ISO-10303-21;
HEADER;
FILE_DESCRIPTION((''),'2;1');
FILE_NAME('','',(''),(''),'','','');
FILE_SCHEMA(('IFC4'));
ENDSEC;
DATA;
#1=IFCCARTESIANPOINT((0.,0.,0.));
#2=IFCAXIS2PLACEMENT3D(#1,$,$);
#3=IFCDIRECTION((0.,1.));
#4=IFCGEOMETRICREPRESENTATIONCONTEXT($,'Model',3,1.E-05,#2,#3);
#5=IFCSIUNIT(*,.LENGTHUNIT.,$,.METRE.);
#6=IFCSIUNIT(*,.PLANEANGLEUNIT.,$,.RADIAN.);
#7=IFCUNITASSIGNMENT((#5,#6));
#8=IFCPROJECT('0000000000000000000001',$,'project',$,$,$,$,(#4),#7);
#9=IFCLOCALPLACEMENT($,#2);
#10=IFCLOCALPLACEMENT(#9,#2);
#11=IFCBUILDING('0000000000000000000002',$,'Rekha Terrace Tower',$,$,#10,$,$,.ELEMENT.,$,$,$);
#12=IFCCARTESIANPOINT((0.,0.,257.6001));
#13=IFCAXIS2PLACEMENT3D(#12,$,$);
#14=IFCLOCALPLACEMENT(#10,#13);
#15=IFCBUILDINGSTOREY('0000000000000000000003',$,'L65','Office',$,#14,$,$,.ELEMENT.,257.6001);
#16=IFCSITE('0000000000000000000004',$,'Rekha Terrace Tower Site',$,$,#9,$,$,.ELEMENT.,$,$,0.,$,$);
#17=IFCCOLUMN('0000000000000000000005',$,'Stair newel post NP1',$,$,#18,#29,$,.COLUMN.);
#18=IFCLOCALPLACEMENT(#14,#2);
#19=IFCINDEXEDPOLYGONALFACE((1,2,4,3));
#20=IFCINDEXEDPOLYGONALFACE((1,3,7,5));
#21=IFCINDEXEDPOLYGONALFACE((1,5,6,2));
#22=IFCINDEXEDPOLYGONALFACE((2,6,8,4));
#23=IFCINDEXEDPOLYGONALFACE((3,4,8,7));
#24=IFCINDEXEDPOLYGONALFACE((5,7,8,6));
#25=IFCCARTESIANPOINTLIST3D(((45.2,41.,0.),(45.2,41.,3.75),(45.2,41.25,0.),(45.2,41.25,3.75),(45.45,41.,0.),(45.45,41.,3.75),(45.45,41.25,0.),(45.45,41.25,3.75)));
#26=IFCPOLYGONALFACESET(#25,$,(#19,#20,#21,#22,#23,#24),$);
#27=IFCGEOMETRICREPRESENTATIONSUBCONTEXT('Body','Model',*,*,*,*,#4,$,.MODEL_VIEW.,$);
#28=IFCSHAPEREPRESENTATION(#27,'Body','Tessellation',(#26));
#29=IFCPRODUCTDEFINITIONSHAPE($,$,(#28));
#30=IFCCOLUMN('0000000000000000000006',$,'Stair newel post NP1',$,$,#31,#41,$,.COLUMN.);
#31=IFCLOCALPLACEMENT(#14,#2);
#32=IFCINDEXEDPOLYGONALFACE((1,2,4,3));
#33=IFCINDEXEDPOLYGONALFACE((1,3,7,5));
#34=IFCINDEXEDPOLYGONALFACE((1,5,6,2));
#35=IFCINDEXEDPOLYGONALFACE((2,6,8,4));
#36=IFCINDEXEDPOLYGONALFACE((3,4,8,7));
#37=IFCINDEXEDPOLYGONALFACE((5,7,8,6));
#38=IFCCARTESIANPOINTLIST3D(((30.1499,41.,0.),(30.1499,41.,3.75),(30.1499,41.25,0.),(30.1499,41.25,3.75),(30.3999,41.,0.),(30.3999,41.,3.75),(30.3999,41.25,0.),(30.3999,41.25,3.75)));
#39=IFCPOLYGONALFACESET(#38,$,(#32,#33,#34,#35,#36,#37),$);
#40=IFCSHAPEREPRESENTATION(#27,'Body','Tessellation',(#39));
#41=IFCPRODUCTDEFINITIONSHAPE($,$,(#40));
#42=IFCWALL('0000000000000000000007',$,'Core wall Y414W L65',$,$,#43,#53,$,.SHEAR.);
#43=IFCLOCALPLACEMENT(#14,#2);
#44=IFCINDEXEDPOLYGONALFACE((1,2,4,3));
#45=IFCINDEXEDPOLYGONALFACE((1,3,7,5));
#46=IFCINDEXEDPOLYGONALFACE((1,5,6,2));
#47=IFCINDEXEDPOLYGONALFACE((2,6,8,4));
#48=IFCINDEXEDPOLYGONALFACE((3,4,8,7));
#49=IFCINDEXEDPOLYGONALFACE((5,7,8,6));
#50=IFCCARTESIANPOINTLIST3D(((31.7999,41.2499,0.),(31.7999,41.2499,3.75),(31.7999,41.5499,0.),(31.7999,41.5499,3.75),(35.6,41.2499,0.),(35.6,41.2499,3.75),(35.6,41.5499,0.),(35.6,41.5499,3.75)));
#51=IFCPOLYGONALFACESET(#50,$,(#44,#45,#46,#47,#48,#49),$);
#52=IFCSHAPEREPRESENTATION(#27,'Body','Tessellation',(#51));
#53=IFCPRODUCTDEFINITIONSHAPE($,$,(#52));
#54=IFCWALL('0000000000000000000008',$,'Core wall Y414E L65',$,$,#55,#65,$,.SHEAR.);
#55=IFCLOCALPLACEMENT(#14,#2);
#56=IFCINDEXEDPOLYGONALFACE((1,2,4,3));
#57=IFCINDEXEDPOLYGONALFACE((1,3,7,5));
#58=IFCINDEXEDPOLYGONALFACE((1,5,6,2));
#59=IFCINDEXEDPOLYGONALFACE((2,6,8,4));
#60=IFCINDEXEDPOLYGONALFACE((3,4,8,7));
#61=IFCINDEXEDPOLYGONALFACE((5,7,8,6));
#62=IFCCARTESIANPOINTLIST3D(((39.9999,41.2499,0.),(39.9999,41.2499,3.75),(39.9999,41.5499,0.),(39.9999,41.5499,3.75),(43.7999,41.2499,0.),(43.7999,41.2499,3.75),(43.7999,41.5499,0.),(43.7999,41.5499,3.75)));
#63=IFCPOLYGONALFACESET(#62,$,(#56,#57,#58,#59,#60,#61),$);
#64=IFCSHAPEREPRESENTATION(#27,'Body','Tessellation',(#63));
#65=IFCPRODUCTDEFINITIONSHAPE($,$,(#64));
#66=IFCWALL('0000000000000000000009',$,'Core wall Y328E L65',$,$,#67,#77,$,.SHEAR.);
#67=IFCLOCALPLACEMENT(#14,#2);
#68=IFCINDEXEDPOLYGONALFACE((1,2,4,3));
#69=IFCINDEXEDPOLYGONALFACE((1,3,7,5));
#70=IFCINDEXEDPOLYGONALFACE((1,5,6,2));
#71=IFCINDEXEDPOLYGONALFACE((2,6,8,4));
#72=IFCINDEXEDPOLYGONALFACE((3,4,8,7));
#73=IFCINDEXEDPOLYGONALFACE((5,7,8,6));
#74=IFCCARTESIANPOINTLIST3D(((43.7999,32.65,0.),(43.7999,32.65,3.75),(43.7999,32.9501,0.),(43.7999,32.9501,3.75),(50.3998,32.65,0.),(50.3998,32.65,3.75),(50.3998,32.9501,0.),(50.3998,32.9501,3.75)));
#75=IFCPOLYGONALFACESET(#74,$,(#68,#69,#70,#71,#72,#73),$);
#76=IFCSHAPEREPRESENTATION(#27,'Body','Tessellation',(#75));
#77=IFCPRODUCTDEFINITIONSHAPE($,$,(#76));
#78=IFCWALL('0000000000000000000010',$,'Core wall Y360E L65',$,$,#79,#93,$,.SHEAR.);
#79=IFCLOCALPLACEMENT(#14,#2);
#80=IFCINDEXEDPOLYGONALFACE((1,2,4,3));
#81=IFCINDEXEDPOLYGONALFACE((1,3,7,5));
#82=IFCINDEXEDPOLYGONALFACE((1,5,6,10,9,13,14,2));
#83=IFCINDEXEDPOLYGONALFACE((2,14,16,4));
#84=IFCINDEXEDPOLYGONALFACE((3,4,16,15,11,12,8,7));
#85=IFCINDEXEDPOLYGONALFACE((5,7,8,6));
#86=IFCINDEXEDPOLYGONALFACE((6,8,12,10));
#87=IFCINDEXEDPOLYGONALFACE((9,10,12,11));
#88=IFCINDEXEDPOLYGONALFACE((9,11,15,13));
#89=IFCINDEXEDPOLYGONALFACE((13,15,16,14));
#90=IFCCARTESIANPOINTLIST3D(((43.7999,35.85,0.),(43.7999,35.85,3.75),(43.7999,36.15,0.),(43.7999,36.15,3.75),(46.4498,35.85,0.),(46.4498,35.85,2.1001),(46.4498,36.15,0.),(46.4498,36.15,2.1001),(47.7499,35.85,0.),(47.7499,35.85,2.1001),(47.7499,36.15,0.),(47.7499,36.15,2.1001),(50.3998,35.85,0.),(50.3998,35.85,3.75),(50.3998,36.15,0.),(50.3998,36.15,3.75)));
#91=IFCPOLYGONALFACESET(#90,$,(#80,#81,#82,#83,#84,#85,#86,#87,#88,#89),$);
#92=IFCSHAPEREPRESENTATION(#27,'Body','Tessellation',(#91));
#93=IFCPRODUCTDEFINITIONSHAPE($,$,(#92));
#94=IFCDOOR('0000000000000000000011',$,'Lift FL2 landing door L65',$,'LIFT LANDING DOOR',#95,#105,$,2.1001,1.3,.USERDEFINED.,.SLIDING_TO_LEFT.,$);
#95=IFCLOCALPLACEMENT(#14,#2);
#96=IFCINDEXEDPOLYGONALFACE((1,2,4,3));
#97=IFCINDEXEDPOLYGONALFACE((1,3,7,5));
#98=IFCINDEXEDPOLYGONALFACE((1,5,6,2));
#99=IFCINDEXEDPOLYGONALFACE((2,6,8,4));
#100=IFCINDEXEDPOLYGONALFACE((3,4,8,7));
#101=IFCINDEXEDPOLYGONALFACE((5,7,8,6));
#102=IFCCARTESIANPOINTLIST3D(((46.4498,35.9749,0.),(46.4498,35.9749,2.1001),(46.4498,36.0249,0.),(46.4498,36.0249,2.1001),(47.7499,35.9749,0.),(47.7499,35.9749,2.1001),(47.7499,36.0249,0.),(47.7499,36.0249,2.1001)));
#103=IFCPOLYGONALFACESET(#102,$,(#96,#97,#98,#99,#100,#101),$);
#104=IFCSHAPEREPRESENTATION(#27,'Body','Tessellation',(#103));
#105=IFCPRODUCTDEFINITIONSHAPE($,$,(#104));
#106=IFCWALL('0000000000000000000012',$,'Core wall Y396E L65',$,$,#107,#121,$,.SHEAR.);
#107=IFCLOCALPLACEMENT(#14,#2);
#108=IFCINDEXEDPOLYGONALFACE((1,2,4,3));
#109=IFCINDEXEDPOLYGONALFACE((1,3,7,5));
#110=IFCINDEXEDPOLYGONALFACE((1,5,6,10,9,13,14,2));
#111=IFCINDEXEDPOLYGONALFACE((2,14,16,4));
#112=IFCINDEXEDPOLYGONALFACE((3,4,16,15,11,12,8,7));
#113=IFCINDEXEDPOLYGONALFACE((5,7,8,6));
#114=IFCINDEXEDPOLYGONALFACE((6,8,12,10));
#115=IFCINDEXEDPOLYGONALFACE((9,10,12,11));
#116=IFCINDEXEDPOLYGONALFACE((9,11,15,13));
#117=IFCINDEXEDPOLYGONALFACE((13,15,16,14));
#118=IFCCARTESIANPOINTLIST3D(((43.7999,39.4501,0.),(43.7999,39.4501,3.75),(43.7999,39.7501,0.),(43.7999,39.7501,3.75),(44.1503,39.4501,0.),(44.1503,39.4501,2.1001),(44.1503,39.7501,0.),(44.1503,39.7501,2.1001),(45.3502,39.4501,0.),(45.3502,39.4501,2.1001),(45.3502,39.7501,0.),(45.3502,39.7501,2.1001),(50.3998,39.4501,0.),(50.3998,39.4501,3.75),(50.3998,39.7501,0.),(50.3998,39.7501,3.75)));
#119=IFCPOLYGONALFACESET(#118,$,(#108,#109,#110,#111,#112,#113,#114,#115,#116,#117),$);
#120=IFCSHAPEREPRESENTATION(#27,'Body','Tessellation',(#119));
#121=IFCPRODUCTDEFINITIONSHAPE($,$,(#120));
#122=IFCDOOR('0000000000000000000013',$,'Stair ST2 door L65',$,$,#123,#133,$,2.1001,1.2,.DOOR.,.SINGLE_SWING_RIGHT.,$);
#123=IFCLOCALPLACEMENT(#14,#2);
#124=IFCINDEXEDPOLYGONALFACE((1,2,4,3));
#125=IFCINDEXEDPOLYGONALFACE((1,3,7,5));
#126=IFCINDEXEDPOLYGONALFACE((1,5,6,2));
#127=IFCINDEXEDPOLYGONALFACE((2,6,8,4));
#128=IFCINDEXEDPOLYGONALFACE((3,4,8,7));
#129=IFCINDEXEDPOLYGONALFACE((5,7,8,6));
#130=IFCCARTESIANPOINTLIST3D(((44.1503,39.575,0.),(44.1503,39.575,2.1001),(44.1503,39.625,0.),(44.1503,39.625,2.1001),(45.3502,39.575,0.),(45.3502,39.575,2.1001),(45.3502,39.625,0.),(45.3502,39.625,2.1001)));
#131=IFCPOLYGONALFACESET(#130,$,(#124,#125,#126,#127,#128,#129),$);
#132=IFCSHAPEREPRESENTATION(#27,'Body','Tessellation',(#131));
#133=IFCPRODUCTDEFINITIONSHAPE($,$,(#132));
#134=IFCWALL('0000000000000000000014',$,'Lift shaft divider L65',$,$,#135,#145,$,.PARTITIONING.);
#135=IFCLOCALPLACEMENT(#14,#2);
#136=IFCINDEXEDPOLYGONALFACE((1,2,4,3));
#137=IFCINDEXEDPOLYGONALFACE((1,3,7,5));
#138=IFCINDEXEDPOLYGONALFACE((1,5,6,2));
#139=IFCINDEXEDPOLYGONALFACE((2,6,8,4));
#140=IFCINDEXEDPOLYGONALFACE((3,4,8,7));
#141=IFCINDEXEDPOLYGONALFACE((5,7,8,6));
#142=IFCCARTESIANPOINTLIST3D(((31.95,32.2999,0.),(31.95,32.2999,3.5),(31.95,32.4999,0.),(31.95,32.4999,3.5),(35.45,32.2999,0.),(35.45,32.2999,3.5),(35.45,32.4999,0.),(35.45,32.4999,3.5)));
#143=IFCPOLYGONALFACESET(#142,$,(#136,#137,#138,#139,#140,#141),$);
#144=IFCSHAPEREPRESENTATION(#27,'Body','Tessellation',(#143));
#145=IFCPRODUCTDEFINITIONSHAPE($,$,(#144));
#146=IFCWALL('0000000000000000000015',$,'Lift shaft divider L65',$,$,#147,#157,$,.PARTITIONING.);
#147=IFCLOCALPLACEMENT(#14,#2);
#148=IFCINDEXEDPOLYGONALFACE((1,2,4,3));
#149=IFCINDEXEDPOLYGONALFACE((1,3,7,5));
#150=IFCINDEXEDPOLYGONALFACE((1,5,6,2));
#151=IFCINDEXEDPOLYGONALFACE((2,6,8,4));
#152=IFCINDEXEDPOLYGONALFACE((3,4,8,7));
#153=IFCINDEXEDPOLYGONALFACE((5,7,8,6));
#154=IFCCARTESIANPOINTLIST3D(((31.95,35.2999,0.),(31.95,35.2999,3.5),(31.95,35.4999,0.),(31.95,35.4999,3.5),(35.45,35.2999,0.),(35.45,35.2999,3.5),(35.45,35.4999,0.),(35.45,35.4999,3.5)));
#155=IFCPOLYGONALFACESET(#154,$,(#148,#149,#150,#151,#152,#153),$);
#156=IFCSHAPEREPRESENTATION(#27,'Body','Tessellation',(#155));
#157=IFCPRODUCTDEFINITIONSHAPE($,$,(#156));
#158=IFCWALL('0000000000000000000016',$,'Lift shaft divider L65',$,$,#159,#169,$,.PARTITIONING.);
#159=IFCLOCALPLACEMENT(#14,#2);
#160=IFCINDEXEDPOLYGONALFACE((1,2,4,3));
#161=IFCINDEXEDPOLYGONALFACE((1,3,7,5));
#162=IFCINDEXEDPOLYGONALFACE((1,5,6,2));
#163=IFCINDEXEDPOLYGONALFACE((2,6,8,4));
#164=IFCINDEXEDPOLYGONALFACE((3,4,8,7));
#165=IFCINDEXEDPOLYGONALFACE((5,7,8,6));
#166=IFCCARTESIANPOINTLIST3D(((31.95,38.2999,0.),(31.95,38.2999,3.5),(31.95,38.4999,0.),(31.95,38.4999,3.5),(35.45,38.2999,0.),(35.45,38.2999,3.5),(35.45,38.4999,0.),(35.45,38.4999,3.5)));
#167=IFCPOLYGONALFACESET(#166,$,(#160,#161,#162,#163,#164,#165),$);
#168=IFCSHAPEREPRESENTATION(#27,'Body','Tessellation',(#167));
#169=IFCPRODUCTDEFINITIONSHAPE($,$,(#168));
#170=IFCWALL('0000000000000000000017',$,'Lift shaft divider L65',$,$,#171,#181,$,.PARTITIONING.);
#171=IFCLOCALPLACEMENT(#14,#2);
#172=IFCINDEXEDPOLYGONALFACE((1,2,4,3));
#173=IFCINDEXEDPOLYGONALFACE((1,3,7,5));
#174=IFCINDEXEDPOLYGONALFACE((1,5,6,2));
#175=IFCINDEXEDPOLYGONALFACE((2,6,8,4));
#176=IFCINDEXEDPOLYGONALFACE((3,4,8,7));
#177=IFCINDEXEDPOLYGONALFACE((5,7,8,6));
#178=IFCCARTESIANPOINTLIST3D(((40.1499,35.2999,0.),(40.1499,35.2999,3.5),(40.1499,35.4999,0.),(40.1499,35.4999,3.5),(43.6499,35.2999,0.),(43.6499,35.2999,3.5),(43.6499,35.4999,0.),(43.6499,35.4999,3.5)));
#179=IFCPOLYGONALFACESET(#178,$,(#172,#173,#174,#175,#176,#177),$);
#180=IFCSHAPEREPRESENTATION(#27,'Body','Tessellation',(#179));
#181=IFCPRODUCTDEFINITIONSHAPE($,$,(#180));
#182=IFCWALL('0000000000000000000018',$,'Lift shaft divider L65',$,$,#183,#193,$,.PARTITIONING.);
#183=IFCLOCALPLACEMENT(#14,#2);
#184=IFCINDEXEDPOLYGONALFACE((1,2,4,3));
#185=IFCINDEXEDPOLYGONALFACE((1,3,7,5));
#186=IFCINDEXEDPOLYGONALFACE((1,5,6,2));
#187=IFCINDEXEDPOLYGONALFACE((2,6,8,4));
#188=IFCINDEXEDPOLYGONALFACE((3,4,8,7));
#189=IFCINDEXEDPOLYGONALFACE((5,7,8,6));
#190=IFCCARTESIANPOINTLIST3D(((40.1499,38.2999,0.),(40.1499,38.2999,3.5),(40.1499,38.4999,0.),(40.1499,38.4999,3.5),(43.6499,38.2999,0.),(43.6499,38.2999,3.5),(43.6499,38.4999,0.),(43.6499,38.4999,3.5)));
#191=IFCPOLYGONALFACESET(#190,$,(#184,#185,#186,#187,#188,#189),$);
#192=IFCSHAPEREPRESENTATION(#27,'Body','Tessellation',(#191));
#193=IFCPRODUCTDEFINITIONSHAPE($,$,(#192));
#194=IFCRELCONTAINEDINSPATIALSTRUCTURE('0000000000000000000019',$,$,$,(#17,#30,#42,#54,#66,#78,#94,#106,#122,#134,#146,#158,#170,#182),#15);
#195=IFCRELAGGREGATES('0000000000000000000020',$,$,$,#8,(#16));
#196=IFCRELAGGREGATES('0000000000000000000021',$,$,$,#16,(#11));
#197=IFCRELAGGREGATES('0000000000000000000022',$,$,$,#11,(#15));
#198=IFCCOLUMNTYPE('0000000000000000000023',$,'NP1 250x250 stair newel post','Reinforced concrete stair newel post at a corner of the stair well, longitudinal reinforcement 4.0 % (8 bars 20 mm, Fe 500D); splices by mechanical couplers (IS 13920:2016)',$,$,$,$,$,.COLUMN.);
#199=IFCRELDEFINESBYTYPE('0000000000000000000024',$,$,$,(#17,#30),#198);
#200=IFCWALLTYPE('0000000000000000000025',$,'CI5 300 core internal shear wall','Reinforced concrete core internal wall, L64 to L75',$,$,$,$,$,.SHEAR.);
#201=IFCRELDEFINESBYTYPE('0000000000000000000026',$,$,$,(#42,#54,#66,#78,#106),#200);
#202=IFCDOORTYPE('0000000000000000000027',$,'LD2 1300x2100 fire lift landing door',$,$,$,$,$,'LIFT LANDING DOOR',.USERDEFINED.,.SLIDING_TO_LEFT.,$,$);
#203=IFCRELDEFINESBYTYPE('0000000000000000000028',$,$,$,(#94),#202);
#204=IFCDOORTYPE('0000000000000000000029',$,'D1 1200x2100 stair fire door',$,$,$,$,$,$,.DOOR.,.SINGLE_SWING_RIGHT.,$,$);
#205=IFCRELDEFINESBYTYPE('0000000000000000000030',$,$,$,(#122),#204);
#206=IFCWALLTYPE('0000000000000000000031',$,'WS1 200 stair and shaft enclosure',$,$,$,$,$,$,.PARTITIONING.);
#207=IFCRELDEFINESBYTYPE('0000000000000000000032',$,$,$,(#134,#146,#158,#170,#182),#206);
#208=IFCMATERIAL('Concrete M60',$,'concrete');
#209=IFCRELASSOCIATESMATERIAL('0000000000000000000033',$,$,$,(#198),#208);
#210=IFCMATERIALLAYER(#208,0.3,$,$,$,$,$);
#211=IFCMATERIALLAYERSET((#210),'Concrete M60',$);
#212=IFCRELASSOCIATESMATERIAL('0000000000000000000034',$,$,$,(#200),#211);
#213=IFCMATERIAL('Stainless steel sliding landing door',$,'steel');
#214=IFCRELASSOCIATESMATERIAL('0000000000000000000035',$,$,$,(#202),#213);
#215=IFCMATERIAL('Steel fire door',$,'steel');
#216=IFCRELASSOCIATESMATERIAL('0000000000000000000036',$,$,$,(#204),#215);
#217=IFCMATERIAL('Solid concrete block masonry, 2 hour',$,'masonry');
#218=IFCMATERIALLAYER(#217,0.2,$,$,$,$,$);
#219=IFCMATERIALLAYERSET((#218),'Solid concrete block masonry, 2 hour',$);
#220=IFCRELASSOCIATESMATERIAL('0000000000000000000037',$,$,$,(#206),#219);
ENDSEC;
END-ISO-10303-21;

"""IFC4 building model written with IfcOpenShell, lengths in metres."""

from ifc_helpers import new_model, si_unit, direction, frame, frame_2d, origin, origin_2d, place, context, subcontext, project, spatial, rectangle, extrude, material, layer, layer_set, material_profile, profile_set, type_object, element, fill, save


model = new_model("IFC4")

# Units and contexts
model_context = context("Model", 3, precision=1e-05, world=origin(), true_north=direction((0.0, 1.0)))
body_context = subcontext(model_context, "Body", "Model", "MODEL_VIEW")
ifc_project = project(units=[si_unit("LENGTHUNIT", "METRE"), si_unit("PLANEANGLEUNIT", "RADIAN")], contexts=[model_context])

# Site, building, storey
site_placement = place(None, origin())
site = spatial("IfcSite", under=ifc_project, at=site_placement, Name="Rekha Terrace Tower Site", CompositionType="ELEMENT", RefElevation=0.0)
building_placement = place(site_placement, origin())
building = spatial("IfcBuilding", under=site, at=building_placement, Name="Rekha Terrace Tower", CompositionType="ELEMENT")
storey_placement = place(building_placement, frame((0.0, 0.0, 257.6001)))
storey = spatial("IfcBuildingStorey", under=building, at=storey_placement, Name="L65", Description="Office", CompositionType="ELEMENT", Elevation=257.6001)

# Columns
ifc_material_1 = material(Name="Concrete M60", Category="concrete")
ifc_material_profile = material_profile(ifc_material_1, rectangle(XDim=0.25, YDim=0.25, at=origin_2d()), Name="RC 250x250")
ifc_profile_set = profile_set([ifc_material_profile], Name="Concrete M60")
column_type = type_object("IfcColumnType", Name="NP1 250x250 stair newel post", Description="Reinforced concrete stair newel post at a corner of the stair well, longitudinal reinforcement 4.0 % (8 bars 20 mm, Fe 500D); splices by mechanical couplers (IS 13920:2016)", PredefinedType="COLUMN", material=ifc_profile_set)
for number, where, z_axis, x_axis, name in (
    (1, (45.325, 41.125, 0.0), (0.0, 0.0, 1.0), (1.0, 0.0, 0.0), "Stair newel post NP1"),
    (2, (30.2749, 41.125, 0.0), (0.0, 0.0, 1.0), (1.0, 0.0, 0.0), "Stair newel post NP1"),
):
    element("IfcColumn", number, at=place(storey_placement, frame(where, z_axis=z_axis, x_axis=x_axis)), inside=storey, type_object=column_type, Name=name, PredefinedType="COLUMN", context=body_context, shape_type="SweptSolid", body=[
        extrude(rectangle(XDim=0.25, YDim=0.25, at=origin_2d()), origin(), (0.0, 0.0, 1.0), 3.75),
    ])

# Walls
ifc_layer_1 = layer(ifc_material_1, 0.3)
ifc_layer_set_1 = layer_set([ifc_layer_1], Name="Concrete M60")
wall_type_1 = type_object("IfcWallType", Name="CI5 300 core internal shear wall", Description="Reinforced concrete core internal wall, L64 to L75", PredefinedType="SHEAR", material=ifc_layer_set_1)
for number, where, z_axis, x_axis, name in (
    (3, (31.8, 41.3999, 0.0), (0.0, 0.0, 1.0), (1.0, 0.0, 0.0), "Core wall Y414W L65"),
    (4, (40.0, 41.3999, 0.0), (0.0, 0.0, 1.0), (1.0, 0.0, 0.0), "Core wall Y414E L65"),
):
    element("IfcWall", number, at=place(storey_placement, frame(where, z_axis=z_axis, x_axis=x_axis)), inside=storey, type_object=wall_type_1, Name=name, PredefinedType="SHEAR", context=body_context, shape_type="SweptSolid", body=[
        extrude(rectangle(XDim=3.8, YDim=0.3, at=frame_2d((1.8999, 0.0))), origin(), (0.0, 0.0, 1.0), 3.75),
    ])
wall_1_placement = place(storey_placement, frame((43.8, 32.8, 0.0), z_axis=(0.0, 0.0, 1.0), x_axis=(1.0, 0.0, 0.0)))
element("IfcWall", 5, at=wall_1_placement, inside=storey, type_object=wall_type_1, Name="Core wall Y328E L65", PredefinedType="SHEAR", context=body_context, shape_type="SweptSolid", body=[
    extrude(rectangle(XDim=6.5999, YDim=0.3, at=frame_2d((3.2998, 0.0))), origin(), (0.0, 0.0, 1.0), 3.75),
])

# Walls, openings, doors
wall_2_placement = place(storey_placement, frame((43.8, 36.0, 0.0), z_axis=(0.0, 0.0, 1.0), x_axis=(1.0, 0.0, 0.0)))
wall_2 = element("IfcWall", 6, at=wall_2_placement, inside=storey, type_object=wall_type_1, Name="Core wall Y360E L65", PredefinedType="SHEAR", context=body_context, shape_type="SweptSolid", body=[
    extrude(rectangle(XDim=6.5999, YDim=0.3, at=frame_2d((3.2998, 0.0))), origin(), (0.0, 0.0, 1.0), 3.75),
])
opening_1_placement = place(wall_2_placement, frame((2.6499, 0.0, 0.0)))
opening_1 = element("IfcOpeningElement", 7, at=opening_1_placement, cuts=wall_2, PredefinedType="OPENING", context=body_context, shape_type="SweptSolid", body=[
    extrude(rectangle(XDim=1.3, YDim=2.1001, at=frame_2d((0.6499, 1.05))), frame((0.0, 0.1599, 0.0), z_axis=(0.0, -1.0, 0.0), x_axis=(1.0, 0.0, 0.0)), (0.0, 0.0, 1.0), 0.3201),
])
ifc_material_2 = material(Name="Stainless steel sliding landing door", Category="steel")
door_type_1 = type_object("IfcDoorType", Name="LD2 1300x2100 fire lift landing door", ElementType="LIFT LANDING DOOR", OperationType="SLIDING_TO_LEFT", PredefinedType="USERDEFINED", material=ifc_material_2)
door_1_placement = place(opening_1_placement, origin())
door_1 = element("IfcDoor", 8, at=door_1_placement, inside=storey, type_object=door_type_1, Name="Lift FL2 landing door L65", ObjectType="LIFT LANDING DOOR", OperationType="SLIDING_TO_LEFT", OverallHeight=2.1001, OverallWidth=1.3, PredefinedType="USERDEFINED", context=body_context, shape_type="SweptSolid", body=[
    extrude(rectangle(XDim=1.3, YDim=2.1001, at=frame_2d((0.6499, 1.05))), frame((0.0, 0.0249, 0.0), z_axis=(0.0, -1.0, 0.0), x_axis=(1.0, 0.0, 0.0)), (0.0, 0.0, 1.0), 0.05),
])
fill(opening_1, door_1)
wall_3_placement = place(storey_placement, frame((43.8, 39.6001, 0.0), z_axis=(0.0, 0.0, 1.0), x_axis=(1.0, 0.0, 0.0)))
wall_3 = element("IfcWall", 9, at=wall_3_placement, inside=storey, type_object=wall_type_1, Name="Core wall Y396E L65", PredefinedType="SHEAR", context=body_context, shape_type="SweptSolid", body=[
    extrude(rectangle(XDim=6.5999, YDim=0.3, at=frame_2d((3.2998, 0.0))), origin(), (0.0, 0.0, 1.0), 3.75),
])
opening_2_placement = place(wall_3_placement, frame((0.3501, 0.0, 0.0)))
opening_2 = element("IfcOpeningElement", 10, at=opening_2_placement, cuts=wall_3, PredefinedType="OPENING", context=body_context, shape_type="SweptSolid", body=[
    extrude(rectangle(XDim=1.2, YDim=2.1001, at=frame_2d((0.6001, 1.05))), frame((0.0, 0.1599, 0.0), z_axis=(0.0, -1.0, 0.0), x_axis=(1.0, 0.0, 0.0)), (0.0, 0.0, 1.0), 0.3201),
])
ifc_material_3 = material(Name="Steel fire door", Category="steel")
door_type_2 = type_object("IfcDoorType", Name="D1 1200x2100 stair fire door", OperationType="SINGLE_SWING_RIGHT", PredefinedType="DOOR", material=ifc_material_3)
door_2_placement = place(opening_2_placement, origin())
door_2 = element("IfcDoor", 11, at=door_2_placement, inside=storey, type_object=door_type_2, Name="Stair ST2 door L65", OperationType="SINGLE_SWING_RIGHT", OverallHeight=2.1001, OverallWidth=1.2, PredefinedType="DOOR", context=body_context, shape_type="SweptSolid", body=[
    extrude(rectangle(XDim=1.2, YDim=2.1001, at=frame_2d((0.6001, 1.05))), frame((0.0, 0.0249, 0.0), z_axis=(0.0, -1.0, 0.0), x_axis=(1.0, 0.0, 0.0)), (0.0, 0.0, 1.0), 0.05),
])
fill(opening_2, door_2)

# Walls
ifc_material_4 = material(Name="Solid concrete block masonry, 2 hour", Category="masonry")
ifc_layer_2 = layer(ifc_material_4, 0.2)
ifc_layer_set_2 = layer_set([ifc_layer_2], Name="Solid concrete block masonry, 2 hour")
wall_type_2 = type_object("IfcWallType", Name="WS1 200 stair and shaft enclosure", PredefinedType="PARTITIONING", material=ifc_layer_set_2)
for number, where, z_axis, x_axis, name in (
    (12, (31.95, 32.3999, 0.0), (0.0, 0.0, 1.0), (1.0, 0.0, 0.0), "Lift shaft divider L65"),
    (13, (31.95, 35.3999, 0.0), (0.0, 0.0, 1.0), (1.0, 0.0, 0.0), "Lift shaft divider L65"),
    (14, (31.95, 38.3999, 0.0), (0.0, 0.0, 1.0), (1.0, 0.0, 0.0), "Lift shaft divider L65"),
    (15, (40.1499, 35.3999, 0.0), (0.0, 0.0, 1.0), (1.0, 0.0, 0.0), "Lift shaft divider L65"),
    (16, (40.1499, 38.3999, 0.0), (0.0, 0.0, 1.0), (1.0, 0.0, 0.0), "Lift shaft divider L65"),
):
    element("IfcWall", number, at=place(storey_placement, frame(where, z_axis=z_axis, x_axis=x_axis)), inside=storey, type_object=wall_type_2, Name=name, PredefinedType="PARTITIONING", context=body_context, shape_type="SweptSolid", body=[
        extrude(rectangle(XDim=3.5, YDim=0.2, at=frame_2d((1.75, 0.0))), origin(), (0.0, 0.0, 1.0), 3.5),
    ])

save(model, "model.ifc")
